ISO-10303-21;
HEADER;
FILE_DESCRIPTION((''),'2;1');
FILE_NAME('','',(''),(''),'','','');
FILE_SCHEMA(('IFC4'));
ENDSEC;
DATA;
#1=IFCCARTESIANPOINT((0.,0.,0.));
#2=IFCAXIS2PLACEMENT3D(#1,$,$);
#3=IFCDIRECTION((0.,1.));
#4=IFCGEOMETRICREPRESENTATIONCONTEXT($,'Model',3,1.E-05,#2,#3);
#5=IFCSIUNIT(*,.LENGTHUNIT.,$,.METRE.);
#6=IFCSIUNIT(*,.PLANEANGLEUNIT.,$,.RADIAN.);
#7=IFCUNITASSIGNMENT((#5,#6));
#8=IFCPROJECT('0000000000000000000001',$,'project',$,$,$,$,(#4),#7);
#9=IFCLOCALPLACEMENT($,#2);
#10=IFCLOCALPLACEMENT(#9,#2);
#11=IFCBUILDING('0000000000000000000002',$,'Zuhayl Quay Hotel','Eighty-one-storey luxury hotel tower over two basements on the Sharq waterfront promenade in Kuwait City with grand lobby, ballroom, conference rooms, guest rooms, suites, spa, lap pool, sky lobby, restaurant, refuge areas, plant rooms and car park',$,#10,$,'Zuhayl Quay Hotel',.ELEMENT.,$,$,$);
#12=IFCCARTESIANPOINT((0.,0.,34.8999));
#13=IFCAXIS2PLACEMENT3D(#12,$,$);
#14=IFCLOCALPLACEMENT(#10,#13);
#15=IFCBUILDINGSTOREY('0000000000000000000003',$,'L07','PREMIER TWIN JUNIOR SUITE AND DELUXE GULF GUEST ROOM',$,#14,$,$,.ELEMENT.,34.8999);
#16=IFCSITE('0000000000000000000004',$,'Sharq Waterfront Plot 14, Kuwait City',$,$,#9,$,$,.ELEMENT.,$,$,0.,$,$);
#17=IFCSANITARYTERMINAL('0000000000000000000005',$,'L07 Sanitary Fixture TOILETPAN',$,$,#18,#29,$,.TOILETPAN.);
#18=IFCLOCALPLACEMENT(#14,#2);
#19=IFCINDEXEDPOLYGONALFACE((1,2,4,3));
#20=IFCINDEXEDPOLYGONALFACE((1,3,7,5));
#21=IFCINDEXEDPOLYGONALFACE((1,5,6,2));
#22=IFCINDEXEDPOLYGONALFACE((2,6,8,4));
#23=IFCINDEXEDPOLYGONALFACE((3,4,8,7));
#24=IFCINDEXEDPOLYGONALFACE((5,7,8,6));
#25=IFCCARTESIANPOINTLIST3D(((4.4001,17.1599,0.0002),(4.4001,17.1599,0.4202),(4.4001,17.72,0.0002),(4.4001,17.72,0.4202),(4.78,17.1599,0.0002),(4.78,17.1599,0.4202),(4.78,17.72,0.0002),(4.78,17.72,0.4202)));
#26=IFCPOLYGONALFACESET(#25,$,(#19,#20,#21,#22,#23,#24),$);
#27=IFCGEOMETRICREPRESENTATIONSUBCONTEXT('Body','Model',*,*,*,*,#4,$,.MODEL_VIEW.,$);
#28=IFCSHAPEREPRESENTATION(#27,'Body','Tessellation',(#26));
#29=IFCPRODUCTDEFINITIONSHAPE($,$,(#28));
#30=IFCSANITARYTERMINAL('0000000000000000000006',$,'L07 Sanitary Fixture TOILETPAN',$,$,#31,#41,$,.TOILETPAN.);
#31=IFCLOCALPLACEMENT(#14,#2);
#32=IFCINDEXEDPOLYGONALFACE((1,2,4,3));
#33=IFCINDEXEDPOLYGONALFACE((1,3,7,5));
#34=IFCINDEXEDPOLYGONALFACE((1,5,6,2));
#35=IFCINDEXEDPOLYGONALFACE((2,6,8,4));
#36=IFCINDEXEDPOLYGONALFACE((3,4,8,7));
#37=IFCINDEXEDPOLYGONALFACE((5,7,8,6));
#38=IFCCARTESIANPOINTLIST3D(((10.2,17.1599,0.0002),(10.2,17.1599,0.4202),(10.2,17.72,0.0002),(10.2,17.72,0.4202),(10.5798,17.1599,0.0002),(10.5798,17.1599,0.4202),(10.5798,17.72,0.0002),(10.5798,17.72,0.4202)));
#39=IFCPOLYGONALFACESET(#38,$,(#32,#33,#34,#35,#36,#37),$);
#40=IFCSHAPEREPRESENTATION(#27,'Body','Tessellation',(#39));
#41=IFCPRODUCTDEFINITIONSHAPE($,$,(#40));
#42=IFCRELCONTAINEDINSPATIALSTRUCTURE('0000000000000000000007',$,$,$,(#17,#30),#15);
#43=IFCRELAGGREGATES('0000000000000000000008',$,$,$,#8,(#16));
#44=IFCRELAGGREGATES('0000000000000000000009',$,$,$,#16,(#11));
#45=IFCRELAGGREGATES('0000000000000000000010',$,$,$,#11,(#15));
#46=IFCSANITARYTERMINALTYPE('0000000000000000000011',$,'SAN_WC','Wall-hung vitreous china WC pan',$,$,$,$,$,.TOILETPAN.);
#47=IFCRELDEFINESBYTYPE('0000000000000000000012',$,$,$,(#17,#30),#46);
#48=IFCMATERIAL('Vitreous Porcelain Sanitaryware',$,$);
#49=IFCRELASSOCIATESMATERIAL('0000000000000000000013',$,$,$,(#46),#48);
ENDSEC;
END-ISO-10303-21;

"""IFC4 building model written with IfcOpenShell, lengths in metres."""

from ifc_helpers import new_model, si_unit, direction, frame, origin, origin_2d, place, context, subcontext, project, spatial, rectangle, extrude, material, type_object, element, save


model = new_model("IFC4")

# Units and contexts
model_context = context("Model", 3, precision=1e-05, world=origin(), true_north=direction((0.0, 1.0)))
body_context = subcontext(model_context, "Body", "Model", "MODEL_VIEW")
ifc_project = project(units=[si_unit("LENGTHUNIT", "METRE"), si_unit("PLANEANGLEUNIT", "RADIAN")], contexts=[model_context])

# Site, building, storey
site_placement = place(None, origin())
site = spatial("IfcSite", under=ifc_project, at=site_placement, Name="Sharq Waterfront Plot 14, Kuwait City", CompositionType="ELEMENT", RefElevation=0.0)
building_placement = place(site_placement, origin())
building = spatial("IfcBuilding", under=site, at=building_placement, Name="Zuhayl Quay Hotel", Description="Eighty-one-storey luxury hotel tower over two basements on the Sharq waterfront promenade in Kuwait City with grand lobby, ballroom, conference rooms, guest rooms, suites, spa, lap pool, sky lobby, restaurant, refuge areas, plant rooms and car park", LongName="Zuhayl Quay Hotel", CompositionType="ELEMENT")
storey_placement = place(building_placement, frame((0.0, 0.0, 34.8999)))
storey = spatial("IfcBuildingStorey", under=building, at=storey_placement, Name="L07", Description="PREMIER TWIN JUNIOR SUITE AND DELUXE GULF GUEST ROOM", CompositionType="ELEMENT", Elevation=34.8999)

# Sanitary terminals
ifc_material_1 = material(Name="Vitreous Porcelain Sanitaryware")
sanitary_terminal_type_1 = type_object("IfcSanitaryTerminalType", Name="SAN_WC", Description="Wall-hung vitreous china WC pan", PredefinedType="TOILETPAN", material=ifc_material_1)
for number, where, z_axis, x_axis, name in (
    (1, (4.5901, 17.4399, 0.0002), (0.0, 0.0, 1.0), (1.0, 0.0, 0.0), "L07 Sanitary Fixture TOILETPAN"),
    (2, (10.3899, 17.4399, 0.0002), (0.0, 0.0, 1.0), (1.0, 0.0, 0.0), "L07 Sanitary Fixture TOILETPAN"),
):
    element("IfcSanitaryTerminal", number, at=place(storey_placement, frame(where, z_axis=z_axis, x_axis=x_axis)), inside=storey, type_object=sanitary_terminal_type_1, Name=name, PredefinedType="TOILETPAN", context=body_context, shape_type="SweptSolid", body=[
        extrude(rectangle(XDim=0.3799, YDim=0.5601, at=origin_2d()), origin(), (0.0, 0.0, 1.0), 0.4199),
    ])

save(model, "model.ifc")
